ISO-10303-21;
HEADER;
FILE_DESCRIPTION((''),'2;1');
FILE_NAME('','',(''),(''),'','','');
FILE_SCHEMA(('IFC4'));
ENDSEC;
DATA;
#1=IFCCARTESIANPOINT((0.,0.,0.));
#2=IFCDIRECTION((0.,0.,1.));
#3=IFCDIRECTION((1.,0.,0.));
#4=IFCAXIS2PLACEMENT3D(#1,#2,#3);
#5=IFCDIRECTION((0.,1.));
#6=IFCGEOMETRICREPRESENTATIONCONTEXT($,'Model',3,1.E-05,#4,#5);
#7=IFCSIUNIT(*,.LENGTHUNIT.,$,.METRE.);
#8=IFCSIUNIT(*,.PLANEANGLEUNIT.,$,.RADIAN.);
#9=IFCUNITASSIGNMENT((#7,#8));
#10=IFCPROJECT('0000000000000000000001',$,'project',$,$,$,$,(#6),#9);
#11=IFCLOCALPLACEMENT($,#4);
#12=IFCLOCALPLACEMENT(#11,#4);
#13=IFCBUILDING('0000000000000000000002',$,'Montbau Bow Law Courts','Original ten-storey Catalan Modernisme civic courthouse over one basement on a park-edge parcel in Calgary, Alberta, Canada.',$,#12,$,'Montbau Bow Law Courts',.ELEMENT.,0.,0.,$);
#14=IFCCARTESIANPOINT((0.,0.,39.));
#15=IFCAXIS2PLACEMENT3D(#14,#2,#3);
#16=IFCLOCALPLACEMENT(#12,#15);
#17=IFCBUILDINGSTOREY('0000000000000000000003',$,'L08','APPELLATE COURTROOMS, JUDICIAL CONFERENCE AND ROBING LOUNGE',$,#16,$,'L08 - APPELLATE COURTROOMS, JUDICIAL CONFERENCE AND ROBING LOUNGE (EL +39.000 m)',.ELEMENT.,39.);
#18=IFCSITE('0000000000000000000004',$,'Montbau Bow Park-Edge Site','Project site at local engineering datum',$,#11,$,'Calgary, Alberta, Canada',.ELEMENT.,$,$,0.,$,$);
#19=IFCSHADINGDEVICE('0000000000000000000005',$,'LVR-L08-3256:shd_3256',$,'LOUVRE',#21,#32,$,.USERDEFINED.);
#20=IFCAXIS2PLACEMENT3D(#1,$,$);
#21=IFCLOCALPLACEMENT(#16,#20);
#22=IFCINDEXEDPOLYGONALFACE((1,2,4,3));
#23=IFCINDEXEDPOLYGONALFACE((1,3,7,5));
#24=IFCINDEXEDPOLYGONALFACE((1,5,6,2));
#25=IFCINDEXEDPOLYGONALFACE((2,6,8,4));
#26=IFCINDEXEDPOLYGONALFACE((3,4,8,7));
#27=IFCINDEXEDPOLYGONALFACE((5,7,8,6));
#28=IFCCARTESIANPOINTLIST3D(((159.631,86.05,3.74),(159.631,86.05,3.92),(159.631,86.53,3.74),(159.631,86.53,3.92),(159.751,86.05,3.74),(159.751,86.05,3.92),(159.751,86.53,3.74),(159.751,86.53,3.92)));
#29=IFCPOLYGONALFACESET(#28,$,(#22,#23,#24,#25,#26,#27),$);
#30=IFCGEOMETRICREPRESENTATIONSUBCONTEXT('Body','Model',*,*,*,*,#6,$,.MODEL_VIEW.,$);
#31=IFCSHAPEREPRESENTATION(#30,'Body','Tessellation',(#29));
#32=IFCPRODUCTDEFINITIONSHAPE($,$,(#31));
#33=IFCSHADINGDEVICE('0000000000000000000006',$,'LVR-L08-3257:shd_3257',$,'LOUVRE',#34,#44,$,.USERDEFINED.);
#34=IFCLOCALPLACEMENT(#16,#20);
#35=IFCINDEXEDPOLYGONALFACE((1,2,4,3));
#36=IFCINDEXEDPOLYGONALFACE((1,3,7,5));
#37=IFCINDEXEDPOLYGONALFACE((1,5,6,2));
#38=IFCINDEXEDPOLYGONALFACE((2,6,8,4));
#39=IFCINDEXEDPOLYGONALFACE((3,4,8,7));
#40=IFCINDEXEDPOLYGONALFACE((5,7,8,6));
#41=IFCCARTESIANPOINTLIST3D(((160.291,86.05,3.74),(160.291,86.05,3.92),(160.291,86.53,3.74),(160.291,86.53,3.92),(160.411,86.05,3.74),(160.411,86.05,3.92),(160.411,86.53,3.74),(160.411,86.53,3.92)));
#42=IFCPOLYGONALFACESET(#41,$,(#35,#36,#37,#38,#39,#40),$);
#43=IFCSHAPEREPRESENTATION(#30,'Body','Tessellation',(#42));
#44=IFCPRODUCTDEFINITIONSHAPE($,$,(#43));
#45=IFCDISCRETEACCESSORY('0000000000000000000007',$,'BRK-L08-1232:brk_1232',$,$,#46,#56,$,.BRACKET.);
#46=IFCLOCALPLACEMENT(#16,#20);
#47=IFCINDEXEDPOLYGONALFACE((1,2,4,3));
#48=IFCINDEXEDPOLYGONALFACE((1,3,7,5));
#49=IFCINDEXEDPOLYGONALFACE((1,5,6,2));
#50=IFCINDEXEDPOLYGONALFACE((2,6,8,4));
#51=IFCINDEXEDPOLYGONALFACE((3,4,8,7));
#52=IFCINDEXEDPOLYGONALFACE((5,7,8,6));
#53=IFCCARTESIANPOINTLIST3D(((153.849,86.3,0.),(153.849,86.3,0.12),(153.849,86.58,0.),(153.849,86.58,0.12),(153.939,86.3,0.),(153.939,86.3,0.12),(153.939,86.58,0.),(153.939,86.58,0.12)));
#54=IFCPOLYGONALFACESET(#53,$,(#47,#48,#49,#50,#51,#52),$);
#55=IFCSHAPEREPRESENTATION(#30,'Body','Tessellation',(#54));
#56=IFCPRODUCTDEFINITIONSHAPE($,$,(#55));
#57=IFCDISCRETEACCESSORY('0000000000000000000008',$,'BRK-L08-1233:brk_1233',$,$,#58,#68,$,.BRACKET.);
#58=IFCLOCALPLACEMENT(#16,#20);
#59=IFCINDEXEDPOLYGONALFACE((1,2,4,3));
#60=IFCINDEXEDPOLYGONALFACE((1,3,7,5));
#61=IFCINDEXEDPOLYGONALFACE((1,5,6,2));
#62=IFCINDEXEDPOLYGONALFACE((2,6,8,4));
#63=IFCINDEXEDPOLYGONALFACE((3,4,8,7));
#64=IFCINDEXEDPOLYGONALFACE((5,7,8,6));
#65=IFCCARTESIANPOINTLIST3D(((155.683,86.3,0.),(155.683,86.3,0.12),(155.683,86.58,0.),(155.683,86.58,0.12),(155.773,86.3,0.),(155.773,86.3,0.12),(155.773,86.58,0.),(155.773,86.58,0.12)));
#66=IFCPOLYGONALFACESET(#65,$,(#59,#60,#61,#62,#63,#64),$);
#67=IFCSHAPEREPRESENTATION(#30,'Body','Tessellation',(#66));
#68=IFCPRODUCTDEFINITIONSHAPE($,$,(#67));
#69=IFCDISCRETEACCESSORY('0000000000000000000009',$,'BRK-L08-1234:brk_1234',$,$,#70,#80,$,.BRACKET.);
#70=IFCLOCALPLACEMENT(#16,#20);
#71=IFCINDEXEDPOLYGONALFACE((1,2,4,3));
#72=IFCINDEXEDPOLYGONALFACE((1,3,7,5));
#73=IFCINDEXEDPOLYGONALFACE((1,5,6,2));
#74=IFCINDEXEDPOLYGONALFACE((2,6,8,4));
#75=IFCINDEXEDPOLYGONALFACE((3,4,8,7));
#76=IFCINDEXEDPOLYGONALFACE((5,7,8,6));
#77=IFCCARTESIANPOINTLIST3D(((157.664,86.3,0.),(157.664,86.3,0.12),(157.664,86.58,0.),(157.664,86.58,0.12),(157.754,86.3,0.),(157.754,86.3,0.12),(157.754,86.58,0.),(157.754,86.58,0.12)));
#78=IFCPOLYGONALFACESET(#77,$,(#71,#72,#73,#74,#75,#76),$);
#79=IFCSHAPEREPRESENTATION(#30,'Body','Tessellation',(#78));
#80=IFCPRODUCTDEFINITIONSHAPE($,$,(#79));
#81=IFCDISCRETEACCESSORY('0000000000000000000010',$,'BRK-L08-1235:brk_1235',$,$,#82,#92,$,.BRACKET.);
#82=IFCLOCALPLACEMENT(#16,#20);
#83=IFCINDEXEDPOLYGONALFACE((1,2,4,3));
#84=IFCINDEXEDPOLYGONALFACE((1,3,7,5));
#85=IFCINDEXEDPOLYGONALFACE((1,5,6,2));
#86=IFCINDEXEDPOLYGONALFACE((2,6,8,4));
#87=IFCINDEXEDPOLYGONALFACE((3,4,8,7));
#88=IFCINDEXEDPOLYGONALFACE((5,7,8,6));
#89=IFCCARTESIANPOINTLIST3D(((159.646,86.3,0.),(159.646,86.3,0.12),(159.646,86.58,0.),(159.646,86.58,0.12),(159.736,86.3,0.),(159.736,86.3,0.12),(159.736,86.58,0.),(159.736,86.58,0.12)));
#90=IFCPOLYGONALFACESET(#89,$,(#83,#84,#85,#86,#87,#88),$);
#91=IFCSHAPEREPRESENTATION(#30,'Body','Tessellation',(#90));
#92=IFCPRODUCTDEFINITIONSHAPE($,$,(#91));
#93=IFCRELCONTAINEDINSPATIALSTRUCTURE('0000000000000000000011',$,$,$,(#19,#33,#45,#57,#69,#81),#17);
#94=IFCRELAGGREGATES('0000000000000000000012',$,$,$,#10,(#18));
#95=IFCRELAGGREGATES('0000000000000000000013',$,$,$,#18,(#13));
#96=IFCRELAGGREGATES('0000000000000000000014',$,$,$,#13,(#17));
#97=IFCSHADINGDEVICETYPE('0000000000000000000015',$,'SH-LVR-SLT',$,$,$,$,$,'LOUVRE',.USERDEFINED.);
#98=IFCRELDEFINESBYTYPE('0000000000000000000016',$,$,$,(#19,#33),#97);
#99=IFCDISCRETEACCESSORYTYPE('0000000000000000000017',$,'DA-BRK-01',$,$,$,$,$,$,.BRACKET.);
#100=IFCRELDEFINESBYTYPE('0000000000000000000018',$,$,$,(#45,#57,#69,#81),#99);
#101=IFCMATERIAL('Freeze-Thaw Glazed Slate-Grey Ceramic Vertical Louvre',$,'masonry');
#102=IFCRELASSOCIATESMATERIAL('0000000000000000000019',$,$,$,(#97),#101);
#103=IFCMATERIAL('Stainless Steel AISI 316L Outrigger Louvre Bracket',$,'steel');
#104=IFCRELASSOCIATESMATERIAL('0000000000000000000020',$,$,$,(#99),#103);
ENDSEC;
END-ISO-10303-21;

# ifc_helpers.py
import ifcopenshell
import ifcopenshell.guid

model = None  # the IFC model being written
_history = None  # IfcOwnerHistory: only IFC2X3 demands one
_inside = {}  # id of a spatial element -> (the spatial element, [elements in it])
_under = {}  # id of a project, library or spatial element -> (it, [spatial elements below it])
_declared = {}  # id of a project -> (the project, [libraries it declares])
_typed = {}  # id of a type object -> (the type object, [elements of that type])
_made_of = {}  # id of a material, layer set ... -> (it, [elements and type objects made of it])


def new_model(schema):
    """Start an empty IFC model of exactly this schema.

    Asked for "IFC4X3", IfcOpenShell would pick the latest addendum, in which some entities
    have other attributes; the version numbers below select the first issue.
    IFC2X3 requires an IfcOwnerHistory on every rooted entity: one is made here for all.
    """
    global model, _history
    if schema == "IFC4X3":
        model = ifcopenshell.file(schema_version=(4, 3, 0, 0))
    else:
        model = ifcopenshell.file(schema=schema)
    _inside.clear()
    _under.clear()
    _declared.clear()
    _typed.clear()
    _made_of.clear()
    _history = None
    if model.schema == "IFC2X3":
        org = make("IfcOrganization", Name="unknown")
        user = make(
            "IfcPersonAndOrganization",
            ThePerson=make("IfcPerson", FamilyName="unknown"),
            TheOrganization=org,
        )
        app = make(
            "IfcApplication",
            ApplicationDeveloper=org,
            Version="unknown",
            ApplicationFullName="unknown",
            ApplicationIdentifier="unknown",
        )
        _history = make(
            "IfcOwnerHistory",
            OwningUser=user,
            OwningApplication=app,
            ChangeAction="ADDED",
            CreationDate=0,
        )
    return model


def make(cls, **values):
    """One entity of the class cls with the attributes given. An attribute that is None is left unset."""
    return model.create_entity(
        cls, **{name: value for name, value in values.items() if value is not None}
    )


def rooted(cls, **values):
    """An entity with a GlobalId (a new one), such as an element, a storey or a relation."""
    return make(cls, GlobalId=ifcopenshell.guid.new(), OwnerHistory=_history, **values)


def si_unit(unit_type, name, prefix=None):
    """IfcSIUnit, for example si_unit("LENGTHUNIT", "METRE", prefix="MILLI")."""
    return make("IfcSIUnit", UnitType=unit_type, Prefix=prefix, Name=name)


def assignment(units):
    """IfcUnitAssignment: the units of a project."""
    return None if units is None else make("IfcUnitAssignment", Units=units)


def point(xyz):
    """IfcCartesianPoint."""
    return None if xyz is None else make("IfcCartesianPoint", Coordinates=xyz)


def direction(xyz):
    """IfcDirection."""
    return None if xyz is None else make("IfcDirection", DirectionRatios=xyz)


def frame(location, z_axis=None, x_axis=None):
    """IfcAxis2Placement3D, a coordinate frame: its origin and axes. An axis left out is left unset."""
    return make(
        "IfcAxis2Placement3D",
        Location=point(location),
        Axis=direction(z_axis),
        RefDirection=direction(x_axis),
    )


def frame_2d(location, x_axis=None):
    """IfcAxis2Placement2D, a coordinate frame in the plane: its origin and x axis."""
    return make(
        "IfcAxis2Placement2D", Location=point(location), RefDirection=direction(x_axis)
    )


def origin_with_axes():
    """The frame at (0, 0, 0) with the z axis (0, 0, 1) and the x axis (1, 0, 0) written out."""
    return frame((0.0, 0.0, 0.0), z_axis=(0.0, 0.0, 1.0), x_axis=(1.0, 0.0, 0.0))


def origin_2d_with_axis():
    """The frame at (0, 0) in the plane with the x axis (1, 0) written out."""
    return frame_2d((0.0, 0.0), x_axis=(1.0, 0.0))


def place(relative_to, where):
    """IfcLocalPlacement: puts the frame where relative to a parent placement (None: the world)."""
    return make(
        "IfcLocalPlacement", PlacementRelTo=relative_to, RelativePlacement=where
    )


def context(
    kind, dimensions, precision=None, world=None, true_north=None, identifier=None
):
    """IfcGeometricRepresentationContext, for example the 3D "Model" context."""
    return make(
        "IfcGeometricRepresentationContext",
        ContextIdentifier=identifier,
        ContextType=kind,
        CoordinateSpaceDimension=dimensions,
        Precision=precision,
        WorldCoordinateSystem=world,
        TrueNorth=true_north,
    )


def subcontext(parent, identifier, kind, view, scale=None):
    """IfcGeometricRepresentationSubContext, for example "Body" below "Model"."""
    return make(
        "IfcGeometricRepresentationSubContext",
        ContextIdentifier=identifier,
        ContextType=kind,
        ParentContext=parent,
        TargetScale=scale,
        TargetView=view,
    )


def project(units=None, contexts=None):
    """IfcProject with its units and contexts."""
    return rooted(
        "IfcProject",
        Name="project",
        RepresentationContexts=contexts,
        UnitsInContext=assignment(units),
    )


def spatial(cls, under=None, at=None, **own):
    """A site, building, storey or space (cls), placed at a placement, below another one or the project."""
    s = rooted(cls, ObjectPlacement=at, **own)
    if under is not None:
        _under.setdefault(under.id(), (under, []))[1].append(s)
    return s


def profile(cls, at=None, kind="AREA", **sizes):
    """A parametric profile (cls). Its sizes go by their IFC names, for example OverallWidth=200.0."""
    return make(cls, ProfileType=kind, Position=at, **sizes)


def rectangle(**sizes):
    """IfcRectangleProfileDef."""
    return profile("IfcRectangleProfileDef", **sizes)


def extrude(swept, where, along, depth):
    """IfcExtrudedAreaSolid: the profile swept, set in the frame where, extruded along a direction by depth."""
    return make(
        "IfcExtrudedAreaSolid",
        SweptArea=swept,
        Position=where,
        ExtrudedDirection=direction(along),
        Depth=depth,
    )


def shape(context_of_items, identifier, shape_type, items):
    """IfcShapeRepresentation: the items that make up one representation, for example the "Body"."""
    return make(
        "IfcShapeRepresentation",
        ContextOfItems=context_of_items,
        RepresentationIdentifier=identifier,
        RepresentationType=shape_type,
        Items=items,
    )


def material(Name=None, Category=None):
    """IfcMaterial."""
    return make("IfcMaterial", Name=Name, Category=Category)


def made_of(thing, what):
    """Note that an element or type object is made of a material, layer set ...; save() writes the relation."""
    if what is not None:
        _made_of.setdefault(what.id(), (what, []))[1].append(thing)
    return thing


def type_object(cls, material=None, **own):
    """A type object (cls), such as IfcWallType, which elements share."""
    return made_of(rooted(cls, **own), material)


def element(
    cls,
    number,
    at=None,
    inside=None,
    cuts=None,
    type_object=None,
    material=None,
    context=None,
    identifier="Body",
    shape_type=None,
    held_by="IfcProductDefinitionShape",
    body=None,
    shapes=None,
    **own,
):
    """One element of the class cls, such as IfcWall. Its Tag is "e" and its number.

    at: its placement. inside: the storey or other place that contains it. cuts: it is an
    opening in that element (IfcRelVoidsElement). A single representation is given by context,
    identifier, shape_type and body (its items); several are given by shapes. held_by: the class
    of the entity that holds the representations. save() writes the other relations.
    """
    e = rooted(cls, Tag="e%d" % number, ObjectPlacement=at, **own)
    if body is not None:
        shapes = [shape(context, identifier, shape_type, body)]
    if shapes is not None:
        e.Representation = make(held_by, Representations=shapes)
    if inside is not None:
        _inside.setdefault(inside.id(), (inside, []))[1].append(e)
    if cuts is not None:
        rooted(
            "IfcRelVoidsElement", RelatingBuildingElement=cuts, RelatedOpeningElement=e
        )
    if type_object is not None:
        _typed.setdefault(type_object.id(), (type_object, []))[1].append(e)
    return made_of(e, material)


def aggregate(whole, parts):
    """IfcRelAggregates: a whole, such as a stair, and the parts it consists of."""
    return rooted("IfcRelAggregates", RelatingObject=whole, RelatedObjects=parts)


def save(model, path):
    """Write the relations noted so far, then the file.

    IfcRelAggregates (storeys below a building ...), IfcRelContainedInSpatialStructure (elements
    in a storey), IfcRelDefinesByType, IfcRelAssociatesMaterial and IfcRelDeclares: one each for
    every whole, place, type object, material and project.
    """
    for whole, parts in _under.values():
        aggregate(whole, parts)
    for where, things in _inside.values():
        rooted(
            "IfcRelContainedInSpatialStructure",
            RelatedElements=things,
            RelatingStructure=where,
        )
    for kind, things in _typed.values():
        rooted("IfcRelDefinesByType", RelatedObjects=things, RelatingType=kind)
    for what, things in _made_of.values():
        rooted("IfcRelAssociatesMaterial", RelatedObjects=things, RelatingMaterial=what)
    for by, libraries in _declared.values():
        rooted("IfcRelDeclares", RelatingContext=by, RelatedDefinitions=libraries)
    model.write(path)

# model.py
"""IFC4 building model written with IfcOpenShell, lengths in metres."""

from ifc_helpers import new_model, si_unit, direction, frame, origin_with_axes, origin_2d_with_axis, place, context, subcontext, project, spatial, rectangle, extrude, material, type_object, element, save


model = new_model("IFC4")

# Units and contexts
model_context = context("Model", 3, precision=1e-05, world=origin_with_axes(), true_north=direction((0.0, 1.0)))
body_context = subcontext(model_context, "Body", "Model", "MODEL_VIEW")
ifc_project = project(units=[si_unit("LENGTHUNIT", "METRE"), si_unit("PLANEANGLEUNIT", "RADIAN")], contexts=[model_context])

# Site, building, storey
site_placement = place(None, origin_with_axes())
site = spatial("IfcSite", under=ifc_project, at=site_placement, Name="Montbau Bow Park-Edge Site", Description="Project site at local engineering datum", LongName="Calgary, Alberta, Canada", CompositionType="ELEMENT", RefElevation=0.0)
building_placement = place(site_placement, origin_with_axes())
building = spatial("IfcBuilding", under=site, at=building_placement, Name="Montbau Bow Law Courts", Description="Original ten-storey Catalan Modernisme civic courthouse over one basement on a park-edge parcel in Calgary, Alberta, Canada.", LongName="Montbau Bow Law Courts", CompositionType="ELEMENT", ElevationOfRefHeight=0.0, ElevationOfTerrain=0.0)
storey_placement = place(building_placement, frame((0.0, 0.0, 39.0), z_axis=(0.0, 0.0, 1.0), x_axis=(1.0, 0.0, 0.0)))
storey = spatial("IfcBuildingStorey", under=building, at=storey_placement, Name="L08", Description="APPELLATE COURTROOMS, JUDICIAL CONFERENCE AND ROBING LOUNGE", LongName="L08 - APPELLATE COURTROOMS, JUDICIAL CONFERENCE AND ROBING LOUNGE (EL +39.000 m)", CompositionType="ELEMENT", Elevation=39.0)

# Shared definitions
ifc_material_1 = material(Name="Freeze-Thaw Glazed Slate-Grey Ceramic Vertical Louvre", Category="masonry")

# Shading devices
shading_device_type = type_object("IfcShadingDeviceType", Name="SH-LVR-SLT", ElementType="LOUVRE", PredefinedType="USERDEFINED", material=ifc_material_1)
for number, where, z_axis, x_axis, name in (
    (1, (159.691, 86.29, 42.74), (0.0, 0.0, 1.0), (0.0, -1.0, 0.0), "LVR-L08-3256:shd_3256"),
    (2, (160.351, 86.29, 42.74), (0.0, 0.0, 1.0), (0.0, -1.0, 0.0), "LVR-L08-3257:shd_3257"),
):
    element("IfcShadingDevice", number, at=place(None, frame(where, z_axis=z_axis, x_axis=x_axis)), inside=storey, type_object=shading_device_type, Name=name, ObjectType="LOUVRE", PredefinedType="USERDEFINED", context=body_context, shape_type="SweptSolid", body=[
        extrude(rectangle(XDim=0.48, YDim=0.12, at=origin_2d_with_axis()), origin_with_axes(), (0.0, 0.0, 1.0), 0.18),
    ])

# Discrete accessories
ifc_material_2 = material(Name="Stainless Steel AISI 316L Outrigger Louvre Bracket", Category="steel")
discrete_accessory_type = type_object("IfcDiscreteAccessoryType", Name="DA-BRK-01", PredefinedType="BRACKET", material=ifc_material_2)
for number, where, z_axis, x_axis, name in (
    (3, (153.894, 86.44, 39.0), (0.0, 0.0, 1.0), (0.0, -1.0, 0.0), "BRK-L08-1232:brk_1232"),
    (4, (155.728, 86.44, 39.0), (0.0, 0.0, 1.0), (0.0, -1.0, 0.0), "BRK-L08-1233:brk_1233"),
    (5, (157.709, 86.44, 39.0), (0.0, 0.0, 1.0), (0.0, -1.0, 0.0), "BRK-L08-1234:brk_1234"),
    (6, (159.691, 86.44, 39.0), (0.0, 0.0, 1.0), (0.0, -1.0, 0.0), "BRK-L08-1235:brk_1235"),
):
    element("IfcDiscreteAccessory", number, at=place(None, frame(where, z_axis=z_axis, x_axis=x_axis)), inside=storey, type_object=discrete_accessory_type, Name=name, PredefinedType="BRACKET", context=body_context, shape_type="SweptSolid", body=[
        extrude(rectangle(XDim=0.28, YDim=0.09, at=origin_2d_with_axis()), origin_with_axes(), (0.0, 0.0, 1.0), 0.12),
    ])

save(model, "model.ifc")
